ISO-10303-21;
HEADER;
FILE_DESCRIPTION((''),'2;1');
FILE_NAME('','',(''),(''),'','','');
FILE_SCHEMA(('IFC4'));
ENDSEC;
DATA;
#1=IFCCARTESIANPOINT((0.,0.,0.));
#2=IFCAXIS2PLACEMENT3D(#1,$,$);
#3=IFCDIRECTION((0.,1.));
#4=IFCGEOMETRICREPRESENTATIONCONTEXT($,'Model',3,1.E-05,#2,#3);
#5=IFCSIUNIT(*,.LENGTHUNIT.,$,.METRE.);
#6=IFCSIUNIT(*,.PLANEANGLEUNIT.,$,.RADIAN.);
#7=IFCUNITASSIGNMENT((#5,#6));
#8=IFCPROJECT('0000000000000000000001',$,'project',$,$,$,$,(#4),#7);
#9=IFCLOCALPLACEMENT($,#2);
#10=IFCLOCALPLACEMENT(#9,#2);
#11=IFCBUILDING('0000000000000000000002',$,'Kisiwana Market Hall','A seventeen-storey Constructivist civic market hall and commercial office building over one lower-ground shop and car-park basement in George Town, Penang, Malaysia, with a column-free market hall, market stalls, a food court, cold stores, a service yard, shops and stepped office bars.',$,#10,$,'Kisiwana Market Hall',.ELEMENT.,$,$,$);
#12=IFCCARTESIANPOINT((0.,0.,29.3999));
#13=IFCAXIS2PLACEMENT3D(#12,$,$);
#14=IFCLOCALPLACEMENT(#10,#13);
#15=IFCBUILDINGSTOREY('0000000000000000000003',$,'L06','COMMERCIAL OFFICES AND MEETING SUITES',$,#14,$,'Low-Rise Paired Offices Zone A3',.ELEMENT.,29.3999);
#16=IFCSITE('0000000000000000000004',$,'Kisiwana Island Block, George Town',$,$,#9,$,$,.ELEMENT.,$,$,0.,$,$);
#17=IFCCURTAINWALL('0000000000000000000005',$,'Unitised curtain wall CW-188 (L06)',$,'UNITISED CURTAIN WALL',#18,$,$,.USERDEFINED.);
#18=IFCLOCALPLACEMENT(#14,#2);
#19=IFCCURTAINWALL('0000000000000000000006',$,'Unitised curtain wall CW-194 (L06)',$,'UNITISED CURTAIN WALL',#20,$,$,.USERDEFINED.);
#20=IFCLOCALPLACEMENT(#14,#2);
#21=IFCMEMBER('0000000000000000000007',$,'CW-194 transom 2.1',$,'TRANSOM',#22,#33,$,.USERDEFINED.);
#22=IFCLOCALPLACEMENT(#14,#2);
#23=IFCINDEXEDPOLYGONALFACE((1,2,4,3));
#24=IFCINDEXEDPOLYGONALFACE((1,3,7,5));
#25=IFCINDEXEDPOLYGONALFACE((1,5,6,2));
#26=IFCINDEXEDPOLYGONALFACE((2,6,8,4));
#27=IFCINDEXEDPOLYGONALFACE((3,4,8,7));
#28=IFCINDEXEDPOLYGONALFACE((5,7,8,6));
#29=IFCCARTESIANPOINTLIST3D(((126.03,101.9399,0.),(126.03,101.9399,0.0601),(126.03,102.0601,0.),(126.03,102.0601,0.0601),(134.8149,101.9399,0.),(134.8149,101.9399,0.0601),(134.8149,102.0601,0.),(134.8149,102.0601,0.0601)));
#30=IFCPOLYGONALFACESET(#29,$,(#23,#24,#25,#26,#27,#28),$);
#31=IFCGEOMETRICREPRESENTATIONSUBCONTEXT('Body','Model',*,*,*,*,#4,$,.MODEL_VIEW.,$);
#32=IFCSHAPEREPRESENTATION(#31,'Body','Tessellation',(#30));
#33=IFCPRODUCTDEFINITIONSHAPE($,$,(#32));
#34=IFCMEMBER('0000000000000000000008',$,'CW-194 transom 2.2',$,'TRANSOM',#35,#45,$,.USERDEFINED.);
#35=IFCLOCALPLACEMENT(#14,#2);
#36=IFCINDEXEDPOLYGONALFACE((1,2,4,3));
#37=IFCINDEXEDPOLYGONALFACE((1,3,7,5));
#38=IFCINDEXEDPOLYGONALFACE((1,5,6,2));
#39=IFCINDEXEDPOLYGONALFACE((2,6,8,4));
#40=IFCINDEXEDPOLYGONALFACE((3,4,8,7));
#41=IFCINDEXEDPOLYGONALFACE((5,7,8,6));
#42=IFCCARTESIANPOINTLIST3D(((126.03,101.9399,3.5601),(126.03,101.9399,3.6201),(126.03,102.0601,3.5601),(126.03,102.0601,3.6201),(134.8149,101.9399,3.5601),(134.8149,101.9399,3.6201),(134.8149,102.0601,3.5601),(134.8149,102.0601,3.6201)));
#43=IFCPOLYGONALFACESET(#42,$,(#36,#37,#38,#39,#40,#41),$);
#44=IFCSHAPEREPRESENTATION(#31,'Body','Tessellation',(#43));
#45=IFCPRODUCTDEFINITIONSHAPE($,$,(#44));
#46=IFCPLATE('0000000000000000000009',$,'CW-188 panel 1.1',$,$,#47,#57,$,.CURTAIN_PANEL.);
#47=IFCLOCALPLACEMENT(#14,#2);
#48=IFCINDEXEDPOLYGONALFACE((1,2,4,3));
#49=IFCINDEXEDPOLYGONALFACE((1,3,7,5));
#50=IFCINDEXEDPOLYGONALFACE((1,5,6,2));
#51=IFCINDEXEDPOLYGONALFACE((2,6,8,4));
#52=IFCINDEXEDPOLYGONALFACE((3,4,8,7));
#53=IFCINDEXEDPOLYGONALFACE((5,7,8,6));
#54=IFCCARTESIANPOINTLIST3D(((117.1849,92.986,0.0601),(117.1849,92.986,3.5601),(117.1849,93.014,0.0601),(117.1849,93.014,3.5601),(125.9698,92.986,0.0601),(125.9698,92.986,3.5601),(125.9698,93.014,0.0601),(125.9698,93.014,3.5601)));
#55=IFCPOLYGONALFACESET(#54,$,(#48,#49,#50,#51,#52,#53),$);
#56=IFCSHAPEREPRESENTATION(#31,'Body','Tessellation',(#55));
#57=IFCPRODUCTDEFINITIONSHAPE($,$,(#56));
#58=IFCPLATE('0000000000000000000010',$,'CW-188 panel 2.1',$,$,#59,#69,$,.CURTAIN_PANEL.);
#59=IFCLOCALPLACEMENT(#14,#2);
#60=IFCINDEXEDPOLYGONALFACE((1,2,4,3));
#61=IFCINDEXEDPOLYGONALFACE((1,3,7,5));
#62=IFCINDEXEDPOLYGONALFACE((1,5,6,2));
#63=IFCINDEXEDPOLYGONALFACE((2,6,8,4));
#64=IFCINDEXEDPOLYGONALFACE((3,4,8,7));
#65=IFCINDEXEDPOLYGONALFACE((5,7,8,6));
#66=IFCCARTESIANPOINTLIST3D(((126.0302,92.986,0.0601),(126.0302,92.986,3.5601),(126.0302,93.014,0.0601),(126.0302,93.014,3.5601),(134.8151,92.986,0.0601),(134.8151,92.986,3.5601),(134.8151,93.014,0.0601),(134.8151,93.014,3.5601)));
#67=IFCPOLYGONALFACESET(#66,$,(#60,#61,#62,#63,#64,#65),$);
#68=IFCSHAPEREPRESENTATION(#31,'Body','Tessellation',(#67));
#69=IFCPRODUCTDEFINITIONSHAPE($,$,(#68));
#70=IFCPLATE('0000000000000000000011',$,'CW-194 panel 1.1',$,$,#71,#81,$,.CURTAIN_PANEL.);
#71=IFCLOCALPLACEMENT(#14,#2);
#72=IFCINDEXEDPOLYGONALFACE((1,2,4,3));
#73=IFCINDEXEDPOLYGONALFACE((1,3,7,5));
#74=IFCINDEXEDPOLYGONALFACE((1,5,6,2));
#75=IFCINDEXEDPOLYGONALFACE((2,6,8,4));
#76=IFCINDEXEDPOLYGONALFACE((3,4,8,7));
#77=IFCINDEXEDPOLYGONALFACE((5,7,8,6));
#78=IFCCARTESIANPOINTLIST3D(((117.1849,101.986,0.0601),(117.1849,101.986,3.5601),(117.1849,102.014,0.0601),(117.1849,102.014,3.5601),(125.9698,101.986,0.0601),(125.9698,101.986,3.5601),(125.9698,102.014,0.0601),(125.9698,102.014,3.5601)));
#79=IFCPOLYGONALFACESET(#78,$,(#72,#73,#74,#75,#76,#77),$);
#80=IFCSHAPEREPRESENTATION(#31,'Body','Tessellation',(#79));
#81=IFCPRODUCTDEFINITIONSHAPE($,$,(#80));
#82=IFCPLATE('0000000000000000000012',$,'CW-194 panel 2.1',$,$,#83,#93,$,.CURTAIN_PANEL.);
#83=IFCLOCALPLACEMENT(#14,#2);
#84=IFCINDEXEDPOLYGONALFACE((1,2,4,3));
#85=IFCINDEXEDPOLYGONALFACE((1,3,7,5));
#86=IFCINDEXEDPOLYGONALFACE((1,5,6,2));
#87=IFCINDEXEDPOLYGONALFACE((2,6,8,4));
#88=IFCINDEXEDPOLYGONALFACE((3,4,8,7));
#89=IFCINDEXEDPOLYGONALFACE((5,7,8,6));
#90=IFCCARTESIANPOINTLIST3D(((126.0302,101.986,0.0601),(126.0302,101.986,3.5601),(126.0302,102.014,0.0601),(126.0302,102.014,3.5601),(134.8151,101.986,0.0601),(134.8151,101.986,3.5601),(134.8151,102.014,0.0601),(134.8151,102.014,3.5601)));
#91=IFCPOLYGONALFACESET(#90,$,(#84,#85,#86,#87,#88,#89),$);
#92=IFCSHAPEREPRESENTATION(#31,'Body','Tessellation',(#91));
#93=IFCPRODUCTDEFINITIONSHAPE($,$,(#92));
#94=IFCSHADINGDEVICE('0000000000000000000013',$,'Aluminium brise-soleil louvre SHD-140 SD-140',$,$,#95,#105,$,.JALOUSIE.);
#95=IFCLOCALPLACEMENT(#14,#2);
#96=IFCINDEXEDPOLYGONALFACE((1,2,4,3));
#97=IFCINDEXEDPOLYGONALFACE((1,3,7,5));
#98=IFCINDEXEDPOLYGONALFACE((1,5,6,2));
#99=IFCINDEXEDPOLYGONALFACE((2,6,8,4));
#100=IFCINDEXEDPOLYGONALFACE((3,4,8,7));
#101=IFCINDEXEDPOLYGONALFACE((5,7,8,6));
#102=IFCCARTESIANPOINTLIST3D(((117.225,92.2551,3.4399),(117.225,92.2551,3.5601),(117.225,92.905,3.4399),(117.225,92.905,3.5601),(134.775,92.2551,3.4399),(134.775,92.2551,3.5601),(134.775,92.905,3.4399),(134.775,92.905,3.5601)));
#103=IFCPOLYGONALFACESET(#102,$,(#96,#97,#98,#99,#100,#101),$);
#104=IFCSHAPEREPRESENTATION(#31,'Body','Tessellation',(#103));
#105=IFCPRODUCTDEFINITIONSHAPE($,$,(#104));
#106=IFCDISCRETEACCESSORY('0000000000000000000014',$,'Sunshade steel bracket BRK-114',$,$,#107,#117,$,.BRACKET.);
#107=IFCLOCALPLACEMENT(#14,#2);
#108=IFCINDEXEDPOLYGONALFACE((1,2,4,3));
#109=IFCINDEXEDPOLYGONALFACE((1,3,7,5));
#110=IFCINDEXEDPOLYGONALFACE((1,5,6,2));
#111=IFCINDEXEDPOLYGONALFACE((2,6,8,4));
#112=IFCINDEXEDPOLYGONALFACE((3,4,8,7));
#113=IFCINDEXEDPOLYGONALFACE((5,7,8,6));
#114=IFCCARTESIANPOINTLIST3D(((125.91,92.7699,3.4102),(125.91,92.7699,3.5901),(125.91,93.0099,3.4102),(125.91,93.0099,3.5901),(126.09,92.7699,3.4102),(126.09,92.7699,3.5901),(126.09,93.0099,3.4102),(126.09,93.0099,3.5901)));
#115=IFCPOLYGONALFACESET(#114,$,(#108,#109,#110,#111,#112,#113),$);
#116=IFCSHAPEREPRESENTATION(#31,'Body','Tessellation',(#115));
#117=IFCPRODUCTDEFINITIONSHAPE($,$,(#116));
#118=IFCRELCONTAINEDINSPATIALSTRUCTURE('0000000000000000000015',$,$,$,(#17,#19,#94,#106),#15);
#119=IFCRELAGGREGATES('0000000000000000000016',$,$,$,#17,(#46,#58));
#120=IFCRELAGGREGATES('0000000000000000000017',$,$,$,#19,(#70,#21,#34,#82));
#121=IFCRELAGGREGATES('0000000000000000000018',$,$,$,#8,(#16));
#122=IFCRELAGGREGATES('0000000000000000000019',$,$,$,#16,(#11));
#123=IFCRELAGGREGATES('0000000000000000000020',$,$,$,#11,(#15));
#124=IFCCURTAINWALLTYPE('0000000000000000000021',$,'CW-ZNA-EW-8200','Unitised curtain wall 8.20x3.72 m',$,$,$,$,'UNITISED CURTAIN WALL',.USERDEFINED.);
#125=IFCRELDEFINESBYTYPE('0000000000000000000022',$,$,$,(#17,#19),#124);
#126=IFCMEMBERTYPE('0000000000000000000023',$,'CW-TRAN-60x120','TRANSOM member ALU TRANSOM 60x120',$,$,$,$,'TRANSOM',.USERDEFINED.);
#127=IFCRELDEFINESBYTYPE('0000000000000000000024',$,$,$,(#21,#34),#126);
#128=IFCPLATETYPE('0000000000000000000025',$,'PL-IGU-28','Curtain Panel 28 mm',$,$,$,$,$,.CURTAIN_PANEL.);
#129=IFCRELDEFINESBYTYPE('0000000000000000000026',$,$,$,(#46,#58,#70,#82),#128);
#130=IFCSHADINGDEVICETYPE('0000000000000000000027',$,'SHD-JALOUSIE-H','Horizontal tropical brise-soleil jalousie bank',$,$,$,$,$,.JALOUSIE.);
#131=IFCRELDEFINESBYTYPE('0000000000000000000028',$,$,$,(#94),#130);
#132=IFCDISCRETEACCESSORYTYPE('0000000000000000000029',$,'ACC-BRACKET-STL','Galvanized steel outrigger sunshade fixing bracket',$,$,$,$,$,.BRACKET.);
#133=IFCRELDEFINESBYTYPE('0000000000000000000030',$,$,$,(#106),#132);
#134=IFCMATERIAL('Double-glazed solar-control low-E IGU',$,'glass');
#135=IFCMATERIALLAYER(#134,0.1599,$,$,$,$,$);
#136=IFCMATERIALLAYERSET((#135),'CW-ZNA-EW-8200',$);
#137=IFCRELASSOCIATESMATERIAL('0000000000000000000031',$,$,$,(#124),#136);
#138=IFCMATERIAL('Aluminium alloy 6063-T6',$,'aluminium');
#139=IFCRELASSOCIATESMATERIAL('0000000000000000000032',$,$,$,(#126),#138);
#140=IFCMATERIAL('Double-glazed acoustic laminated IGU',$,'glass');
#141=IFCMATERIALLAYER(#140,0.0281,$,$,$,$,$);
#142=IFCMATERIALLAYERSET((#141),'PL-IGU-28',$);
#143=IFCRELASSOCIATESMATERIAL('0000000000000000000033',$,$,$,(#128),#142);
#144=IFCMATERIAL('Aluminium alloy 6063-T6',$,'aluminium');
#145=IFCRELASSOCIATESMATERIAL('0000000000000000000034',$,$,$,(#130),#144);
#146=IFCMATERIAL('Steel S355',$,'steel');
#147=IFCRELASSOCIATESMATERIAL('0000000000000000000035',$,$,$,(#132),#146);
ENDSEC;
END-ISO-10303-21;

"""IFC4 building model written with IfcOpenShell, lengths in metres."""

from ifc_helpers import new_model, si_unit, direction, frame, origin, origin_2d, place, context, subcontext, project, spatial, rectangle, extrude, material, layer, layer_set, material_profile, profile_set, type_object, element, aggregate, save


model = new_model("IFC4")

# Units and contexts
model_context = context("Model", 3, precision=1e-05, world=origin(), true_north=direction((0.0, 1.0)))
body_context = subcontext(model_context, "Body", "Model", "MODEL_VIEW")
ifc_project = project(units=[si_unit("LENGTHUNIT", "METRE"), si_unit("PLANEANGLEUNIT", "RADIAN")], contexts=[model_context])

# Site, building, storey
site_placement = place(None, origin())
site = spatial("IfcSite", under=ifc_project, at=site_placement, Name="Kisiwana Island Block, George Town", CompositionType="ELEMENT", RefElevation=0.0)
building_placement = place(site_placement, origin())
building = spatial("IfcBuilding", under=site, at=building_placement, Name="Kisiwana Market Hall", Description="A seventeen-storey Constructivist civic market hall and commercial office building over one lower-ground shop and car-park basement in George Town, Penang, Malaysia, with a column-free market hall, market stalls, a food court, cold stores, a service yard, shops and stepped office bars.", LongName="Kisiwana Market Hall", CompositionType="ELEMENT")
storey_placement = place(building_placement, frame((0.0, 0.0, 29.3999)))
storey = spatial("IfcBuildingStorey", under=building, at=storey_placement, Name="L06", Description="COMMERCIAL OFFICES AND MEETING SUITES", LongName="Low-Rise Paired Offices Zone A3", CompositionType="ELEMENT", Elevation=29.3999)

# Curtain wall
ifc_material_1 = material(Name="Double-glazed solar-control low-E IGU", Category="glass")
ifc_layer_1 = layer(ifc_material_1, 0.1599)
ifc_layer_set_1 = layer_set([ifc_layer_1], Name="CW-ZNA-EW-8200")
curtain_wall_type = type_object("IfcCurtainWallType", Name="CW-ZNA-EW-8200", Description="Unitised curtain wall 8.20x3.72 m", ElementType="UNITISED CURTAIN WALL", PredefinedType="USERDEFINED", material=ifc_layer_set_1)
curtain_wall_1_placement = place(storey_placement, origin())
curtain_wall_1 = element("IfcCurtainWall", 1, at=curtain_wall_1_placement, inside=storey, type_object=curtain_wall_type, Name="Unitised curtain wall CW-188 (L06)", ObjectType="UNITISED CURTAIN WALL", PredefinedType="USERDEFINED")

# Curtain wall
curtain_wall_2_placement = place(storey_placement, origin())
curtain_wall_2 = element("IfcCurtainWall", 2, at=curtain_wall_2_placement, inside=storey, type_object=curtain_wall_type, Name="Unitised curtain wall CW-194 (L06)", ObjectType="UNITISED CURTAIN WALL", PredefinedType="USERDEFINED")

# Members
ifc_material_2 = material(Name="Aluminium alloy 6063-T6", Category="aluminium")
ifc_material_profile_1 = material_profile(ifc_material_2, rectangle(XDim=0.1201, YDim=0.0601, at=origin_2d()), Name="ALU TRANSOM 60x120")
ifc_profile_set_1 = profile_set([ifc_material_profile_1], Name="Aluminium alloy 6063-T6")
member_type_1 = type_object("IfcMemberType", Name="CW-TRAN-60x120", Description="TRANSOM member ALU TRANSOM 60x120", ElementType="TRANSOM", PredefinedType="USERDEFINED", material=ifc_profile_set_1)
member_1_placement = place(storey_placement, frame((126.03, 102.0, 0.03), z_axis=(1.0, 0.0, 0.0), x_axis=(0.0, 1.0, 0.0)))
member_1 = element("IfcMember", 3, at=member_1_placement, type_object=member_type_1, Name="CW-194 transom 2.1", ObjectType="TRANSOM", PredefinedType="USERDEFINED", context=body_context, shape_type="SweptSolid", body=[
    extrude(rectangle(XDim=0.1201, YDim=0.0601, at=origin_2d()), origin(), (0.0, 0.0, 1.0), 8.7849),
])
member_2_placement = place(storey_placement, frame((126.03, 102.0, 3.5901), z_axis=(1.0, 0.0, 0.0), x_axis=(0.0, 1.0, 0.0)))
member_2 = element("IfcMember", 4, at=member_2_placement, type_object=member_type_1, Name="CW-194 transom 2.2", ObjectType="TRANSOM", PredefinedType="USERDEFINED", context=body_context, shape_type="SweptSolid", body=[
    extrude(rectangle(XDim=0.1201, YDim=0.0601, at=origin_2d()), origin(), (0.0, 0.0, 1.0), 8.7849),
])

# Plates
ifc_material_3 = material(Name="Double-glazed acoustic laminated IGU", Category="glass")
ifc_layer_2 = layer(ifc_material_3, 0.0281)
ifc_layer_set_2 = layer_set([ifc_layer_2], Name="PL-IGU-28")
plate_type = type_object("IfcPlateType", Name="PL-IGU-28", Description="Curtain Panel 28 mm", PredefinedType="CURTAIN_PANEL", material=ifc_layer_set_2)
plate_1_placement = place(storey_placement, frame((121.5774, 93.0, 0.0601), z_axis=(0.0, 0.0, 1.0), x_axis=(1.0, 0.0, 0.0)))
plate_1 = element("IfcPlate", 5, at=plate_1_placement, type_object=plate_type, Name="CW-188 panel 1.1", PredefinedType="CURTAIN_PANEL", context=body_context, shape_type="SweptSolid", body=[
    extrude(rectangle(XDim=8.7849, YDim=0.0281, at=origin_2d()), origin(), (0.0, 0.0, 1.0), 3.5),
])
plate_2_placement = place(storey_placement, frame((130.4226, 93.0, 0.0601), z_axis=(0.0, 0.0, 1.0), x_axis=(1.0, 0.0, 0.0)))
plate_2 = element("IfcPlate", 6, at=plate_2_placement, type_object=plate_type, Name="CW-188 panel 2.1", PredefinedType="CURTAIN_PANEL", context=body_context, shape_type="SweptSolid", body=[
    extrude(rectangle(XDim=8.7849, YDim=0.0281, at=origin_2d()), origin(), (0.0, 0.0, 1.0), 3.5),
])
aggregate(curtain_wall_1, [plate_1, plate_2])
plate_3_placement = place(storey_placement, frame((121.5774, 102.0, 0.0601), z_axis=(0.0, 0.0, 1.0), x_axis=(1.0, 0.0, 0.0)))
plate_3 = element("IfcPlate", 7, at=plate_3_placement, type_object=plate_type, Name="CW-194 panel 1.1", PredefinedType="CURTAIN_PANEL", context=body_context, shape_type="SweptSolid", body=[
    extrude(rectangle(XDim=8.7849, YDim=0.0281, at=origin_2d()), origin(), (0.0, 0.0, 1.0), 3.5),
])
plate_4_placement = place(storey_placement, frame((130.4226, 102.0, 0.0601), z_axis=(0.0, 0.0, 1.0), x_axis=(1.0, 0.0, 0.0)))
plate_4 = element("IfcPlate", 8, at=plate_4_placement, type_object=plate_type, Name="CW-194 panel 2.1", PredefinedType="CURTAIN_PANEL", context=body_context, shape_type="SweptSolid", body=[
    extrude(rectangle(XDim=8.7849, YDim=0.0281, at=origin_2d()), origin(), (0.0, 0.0, 1.0), 3.5),
])
aggregate(curtain_wall_2, [plate_3, member_1, member_2, plate_4])

# Shading device
ifc_material_4 = material(Name="Aluminium alloy 6063-T6", Category="aluminium")
shading_device_type = type_object("IfcShadingDeviceType", Name="SHD-JALOUSIE-H", Description="Horizontal tropical brise-soleil jalousie bank", PredefinedType="JALOUSIE", material=ifc_material_4)
shading_device_placement = place(storey_placement, frame((126.0, 92.5801, 3.4399), z_axis=(0.0, 0.0, 1.0), x_axis=(1.0, 0.0, 0.0)))
element("IfcShadingDevice", 9, at=shading_device_placement, inside=storey, type_object=shading_device_type, Name="Aluminium brise-soleil louvre SHD-140 SD-140", PredefinedType="JALOUSIE", context=body_context, shape_type="SweptSolid", body=[
    extrude(rectangle(XDim=17.55, YDim=0.6499, at=origin_2d()), origin(), (0.0, 0.0, 1.0), 0.1201),
])

# Discrete accessory
ifc_material_5 = material(Name="Steel S355", Category="steel")
discrete_accessory_type = type_object("IfcDiscreteAccessoryType", Name="ACC-BRACKET-STL", Description="Galvanized steel outrigger sunshade fixing bracket", PredefinedType="BRACKET", material=ifc_material_5)
discrete_accessory_placement = place(storey_placement, frame((126.0, 92.8899, 3.4102), z_axis=(0.0, 0.0, 1.0), x_axis=(1.0, 0.0, 0.0)))
element("IfcDiscreteAccessory", 10, at=discrete_accessory_placement, inside=storey, type_object=discrete_accessory_type, Name="Sunshade steel bracket BRK-114", PredefinedType="BRACKET", context=body_context, shape_type="SweptSolid", body=[
    extrude(rectangle(XDim=0.1799, YDim=0.24, at=origin_2d()), origin(), (0.0, 0.0, 1.0), 0.1799),
])

save(model, "model.ifc")
